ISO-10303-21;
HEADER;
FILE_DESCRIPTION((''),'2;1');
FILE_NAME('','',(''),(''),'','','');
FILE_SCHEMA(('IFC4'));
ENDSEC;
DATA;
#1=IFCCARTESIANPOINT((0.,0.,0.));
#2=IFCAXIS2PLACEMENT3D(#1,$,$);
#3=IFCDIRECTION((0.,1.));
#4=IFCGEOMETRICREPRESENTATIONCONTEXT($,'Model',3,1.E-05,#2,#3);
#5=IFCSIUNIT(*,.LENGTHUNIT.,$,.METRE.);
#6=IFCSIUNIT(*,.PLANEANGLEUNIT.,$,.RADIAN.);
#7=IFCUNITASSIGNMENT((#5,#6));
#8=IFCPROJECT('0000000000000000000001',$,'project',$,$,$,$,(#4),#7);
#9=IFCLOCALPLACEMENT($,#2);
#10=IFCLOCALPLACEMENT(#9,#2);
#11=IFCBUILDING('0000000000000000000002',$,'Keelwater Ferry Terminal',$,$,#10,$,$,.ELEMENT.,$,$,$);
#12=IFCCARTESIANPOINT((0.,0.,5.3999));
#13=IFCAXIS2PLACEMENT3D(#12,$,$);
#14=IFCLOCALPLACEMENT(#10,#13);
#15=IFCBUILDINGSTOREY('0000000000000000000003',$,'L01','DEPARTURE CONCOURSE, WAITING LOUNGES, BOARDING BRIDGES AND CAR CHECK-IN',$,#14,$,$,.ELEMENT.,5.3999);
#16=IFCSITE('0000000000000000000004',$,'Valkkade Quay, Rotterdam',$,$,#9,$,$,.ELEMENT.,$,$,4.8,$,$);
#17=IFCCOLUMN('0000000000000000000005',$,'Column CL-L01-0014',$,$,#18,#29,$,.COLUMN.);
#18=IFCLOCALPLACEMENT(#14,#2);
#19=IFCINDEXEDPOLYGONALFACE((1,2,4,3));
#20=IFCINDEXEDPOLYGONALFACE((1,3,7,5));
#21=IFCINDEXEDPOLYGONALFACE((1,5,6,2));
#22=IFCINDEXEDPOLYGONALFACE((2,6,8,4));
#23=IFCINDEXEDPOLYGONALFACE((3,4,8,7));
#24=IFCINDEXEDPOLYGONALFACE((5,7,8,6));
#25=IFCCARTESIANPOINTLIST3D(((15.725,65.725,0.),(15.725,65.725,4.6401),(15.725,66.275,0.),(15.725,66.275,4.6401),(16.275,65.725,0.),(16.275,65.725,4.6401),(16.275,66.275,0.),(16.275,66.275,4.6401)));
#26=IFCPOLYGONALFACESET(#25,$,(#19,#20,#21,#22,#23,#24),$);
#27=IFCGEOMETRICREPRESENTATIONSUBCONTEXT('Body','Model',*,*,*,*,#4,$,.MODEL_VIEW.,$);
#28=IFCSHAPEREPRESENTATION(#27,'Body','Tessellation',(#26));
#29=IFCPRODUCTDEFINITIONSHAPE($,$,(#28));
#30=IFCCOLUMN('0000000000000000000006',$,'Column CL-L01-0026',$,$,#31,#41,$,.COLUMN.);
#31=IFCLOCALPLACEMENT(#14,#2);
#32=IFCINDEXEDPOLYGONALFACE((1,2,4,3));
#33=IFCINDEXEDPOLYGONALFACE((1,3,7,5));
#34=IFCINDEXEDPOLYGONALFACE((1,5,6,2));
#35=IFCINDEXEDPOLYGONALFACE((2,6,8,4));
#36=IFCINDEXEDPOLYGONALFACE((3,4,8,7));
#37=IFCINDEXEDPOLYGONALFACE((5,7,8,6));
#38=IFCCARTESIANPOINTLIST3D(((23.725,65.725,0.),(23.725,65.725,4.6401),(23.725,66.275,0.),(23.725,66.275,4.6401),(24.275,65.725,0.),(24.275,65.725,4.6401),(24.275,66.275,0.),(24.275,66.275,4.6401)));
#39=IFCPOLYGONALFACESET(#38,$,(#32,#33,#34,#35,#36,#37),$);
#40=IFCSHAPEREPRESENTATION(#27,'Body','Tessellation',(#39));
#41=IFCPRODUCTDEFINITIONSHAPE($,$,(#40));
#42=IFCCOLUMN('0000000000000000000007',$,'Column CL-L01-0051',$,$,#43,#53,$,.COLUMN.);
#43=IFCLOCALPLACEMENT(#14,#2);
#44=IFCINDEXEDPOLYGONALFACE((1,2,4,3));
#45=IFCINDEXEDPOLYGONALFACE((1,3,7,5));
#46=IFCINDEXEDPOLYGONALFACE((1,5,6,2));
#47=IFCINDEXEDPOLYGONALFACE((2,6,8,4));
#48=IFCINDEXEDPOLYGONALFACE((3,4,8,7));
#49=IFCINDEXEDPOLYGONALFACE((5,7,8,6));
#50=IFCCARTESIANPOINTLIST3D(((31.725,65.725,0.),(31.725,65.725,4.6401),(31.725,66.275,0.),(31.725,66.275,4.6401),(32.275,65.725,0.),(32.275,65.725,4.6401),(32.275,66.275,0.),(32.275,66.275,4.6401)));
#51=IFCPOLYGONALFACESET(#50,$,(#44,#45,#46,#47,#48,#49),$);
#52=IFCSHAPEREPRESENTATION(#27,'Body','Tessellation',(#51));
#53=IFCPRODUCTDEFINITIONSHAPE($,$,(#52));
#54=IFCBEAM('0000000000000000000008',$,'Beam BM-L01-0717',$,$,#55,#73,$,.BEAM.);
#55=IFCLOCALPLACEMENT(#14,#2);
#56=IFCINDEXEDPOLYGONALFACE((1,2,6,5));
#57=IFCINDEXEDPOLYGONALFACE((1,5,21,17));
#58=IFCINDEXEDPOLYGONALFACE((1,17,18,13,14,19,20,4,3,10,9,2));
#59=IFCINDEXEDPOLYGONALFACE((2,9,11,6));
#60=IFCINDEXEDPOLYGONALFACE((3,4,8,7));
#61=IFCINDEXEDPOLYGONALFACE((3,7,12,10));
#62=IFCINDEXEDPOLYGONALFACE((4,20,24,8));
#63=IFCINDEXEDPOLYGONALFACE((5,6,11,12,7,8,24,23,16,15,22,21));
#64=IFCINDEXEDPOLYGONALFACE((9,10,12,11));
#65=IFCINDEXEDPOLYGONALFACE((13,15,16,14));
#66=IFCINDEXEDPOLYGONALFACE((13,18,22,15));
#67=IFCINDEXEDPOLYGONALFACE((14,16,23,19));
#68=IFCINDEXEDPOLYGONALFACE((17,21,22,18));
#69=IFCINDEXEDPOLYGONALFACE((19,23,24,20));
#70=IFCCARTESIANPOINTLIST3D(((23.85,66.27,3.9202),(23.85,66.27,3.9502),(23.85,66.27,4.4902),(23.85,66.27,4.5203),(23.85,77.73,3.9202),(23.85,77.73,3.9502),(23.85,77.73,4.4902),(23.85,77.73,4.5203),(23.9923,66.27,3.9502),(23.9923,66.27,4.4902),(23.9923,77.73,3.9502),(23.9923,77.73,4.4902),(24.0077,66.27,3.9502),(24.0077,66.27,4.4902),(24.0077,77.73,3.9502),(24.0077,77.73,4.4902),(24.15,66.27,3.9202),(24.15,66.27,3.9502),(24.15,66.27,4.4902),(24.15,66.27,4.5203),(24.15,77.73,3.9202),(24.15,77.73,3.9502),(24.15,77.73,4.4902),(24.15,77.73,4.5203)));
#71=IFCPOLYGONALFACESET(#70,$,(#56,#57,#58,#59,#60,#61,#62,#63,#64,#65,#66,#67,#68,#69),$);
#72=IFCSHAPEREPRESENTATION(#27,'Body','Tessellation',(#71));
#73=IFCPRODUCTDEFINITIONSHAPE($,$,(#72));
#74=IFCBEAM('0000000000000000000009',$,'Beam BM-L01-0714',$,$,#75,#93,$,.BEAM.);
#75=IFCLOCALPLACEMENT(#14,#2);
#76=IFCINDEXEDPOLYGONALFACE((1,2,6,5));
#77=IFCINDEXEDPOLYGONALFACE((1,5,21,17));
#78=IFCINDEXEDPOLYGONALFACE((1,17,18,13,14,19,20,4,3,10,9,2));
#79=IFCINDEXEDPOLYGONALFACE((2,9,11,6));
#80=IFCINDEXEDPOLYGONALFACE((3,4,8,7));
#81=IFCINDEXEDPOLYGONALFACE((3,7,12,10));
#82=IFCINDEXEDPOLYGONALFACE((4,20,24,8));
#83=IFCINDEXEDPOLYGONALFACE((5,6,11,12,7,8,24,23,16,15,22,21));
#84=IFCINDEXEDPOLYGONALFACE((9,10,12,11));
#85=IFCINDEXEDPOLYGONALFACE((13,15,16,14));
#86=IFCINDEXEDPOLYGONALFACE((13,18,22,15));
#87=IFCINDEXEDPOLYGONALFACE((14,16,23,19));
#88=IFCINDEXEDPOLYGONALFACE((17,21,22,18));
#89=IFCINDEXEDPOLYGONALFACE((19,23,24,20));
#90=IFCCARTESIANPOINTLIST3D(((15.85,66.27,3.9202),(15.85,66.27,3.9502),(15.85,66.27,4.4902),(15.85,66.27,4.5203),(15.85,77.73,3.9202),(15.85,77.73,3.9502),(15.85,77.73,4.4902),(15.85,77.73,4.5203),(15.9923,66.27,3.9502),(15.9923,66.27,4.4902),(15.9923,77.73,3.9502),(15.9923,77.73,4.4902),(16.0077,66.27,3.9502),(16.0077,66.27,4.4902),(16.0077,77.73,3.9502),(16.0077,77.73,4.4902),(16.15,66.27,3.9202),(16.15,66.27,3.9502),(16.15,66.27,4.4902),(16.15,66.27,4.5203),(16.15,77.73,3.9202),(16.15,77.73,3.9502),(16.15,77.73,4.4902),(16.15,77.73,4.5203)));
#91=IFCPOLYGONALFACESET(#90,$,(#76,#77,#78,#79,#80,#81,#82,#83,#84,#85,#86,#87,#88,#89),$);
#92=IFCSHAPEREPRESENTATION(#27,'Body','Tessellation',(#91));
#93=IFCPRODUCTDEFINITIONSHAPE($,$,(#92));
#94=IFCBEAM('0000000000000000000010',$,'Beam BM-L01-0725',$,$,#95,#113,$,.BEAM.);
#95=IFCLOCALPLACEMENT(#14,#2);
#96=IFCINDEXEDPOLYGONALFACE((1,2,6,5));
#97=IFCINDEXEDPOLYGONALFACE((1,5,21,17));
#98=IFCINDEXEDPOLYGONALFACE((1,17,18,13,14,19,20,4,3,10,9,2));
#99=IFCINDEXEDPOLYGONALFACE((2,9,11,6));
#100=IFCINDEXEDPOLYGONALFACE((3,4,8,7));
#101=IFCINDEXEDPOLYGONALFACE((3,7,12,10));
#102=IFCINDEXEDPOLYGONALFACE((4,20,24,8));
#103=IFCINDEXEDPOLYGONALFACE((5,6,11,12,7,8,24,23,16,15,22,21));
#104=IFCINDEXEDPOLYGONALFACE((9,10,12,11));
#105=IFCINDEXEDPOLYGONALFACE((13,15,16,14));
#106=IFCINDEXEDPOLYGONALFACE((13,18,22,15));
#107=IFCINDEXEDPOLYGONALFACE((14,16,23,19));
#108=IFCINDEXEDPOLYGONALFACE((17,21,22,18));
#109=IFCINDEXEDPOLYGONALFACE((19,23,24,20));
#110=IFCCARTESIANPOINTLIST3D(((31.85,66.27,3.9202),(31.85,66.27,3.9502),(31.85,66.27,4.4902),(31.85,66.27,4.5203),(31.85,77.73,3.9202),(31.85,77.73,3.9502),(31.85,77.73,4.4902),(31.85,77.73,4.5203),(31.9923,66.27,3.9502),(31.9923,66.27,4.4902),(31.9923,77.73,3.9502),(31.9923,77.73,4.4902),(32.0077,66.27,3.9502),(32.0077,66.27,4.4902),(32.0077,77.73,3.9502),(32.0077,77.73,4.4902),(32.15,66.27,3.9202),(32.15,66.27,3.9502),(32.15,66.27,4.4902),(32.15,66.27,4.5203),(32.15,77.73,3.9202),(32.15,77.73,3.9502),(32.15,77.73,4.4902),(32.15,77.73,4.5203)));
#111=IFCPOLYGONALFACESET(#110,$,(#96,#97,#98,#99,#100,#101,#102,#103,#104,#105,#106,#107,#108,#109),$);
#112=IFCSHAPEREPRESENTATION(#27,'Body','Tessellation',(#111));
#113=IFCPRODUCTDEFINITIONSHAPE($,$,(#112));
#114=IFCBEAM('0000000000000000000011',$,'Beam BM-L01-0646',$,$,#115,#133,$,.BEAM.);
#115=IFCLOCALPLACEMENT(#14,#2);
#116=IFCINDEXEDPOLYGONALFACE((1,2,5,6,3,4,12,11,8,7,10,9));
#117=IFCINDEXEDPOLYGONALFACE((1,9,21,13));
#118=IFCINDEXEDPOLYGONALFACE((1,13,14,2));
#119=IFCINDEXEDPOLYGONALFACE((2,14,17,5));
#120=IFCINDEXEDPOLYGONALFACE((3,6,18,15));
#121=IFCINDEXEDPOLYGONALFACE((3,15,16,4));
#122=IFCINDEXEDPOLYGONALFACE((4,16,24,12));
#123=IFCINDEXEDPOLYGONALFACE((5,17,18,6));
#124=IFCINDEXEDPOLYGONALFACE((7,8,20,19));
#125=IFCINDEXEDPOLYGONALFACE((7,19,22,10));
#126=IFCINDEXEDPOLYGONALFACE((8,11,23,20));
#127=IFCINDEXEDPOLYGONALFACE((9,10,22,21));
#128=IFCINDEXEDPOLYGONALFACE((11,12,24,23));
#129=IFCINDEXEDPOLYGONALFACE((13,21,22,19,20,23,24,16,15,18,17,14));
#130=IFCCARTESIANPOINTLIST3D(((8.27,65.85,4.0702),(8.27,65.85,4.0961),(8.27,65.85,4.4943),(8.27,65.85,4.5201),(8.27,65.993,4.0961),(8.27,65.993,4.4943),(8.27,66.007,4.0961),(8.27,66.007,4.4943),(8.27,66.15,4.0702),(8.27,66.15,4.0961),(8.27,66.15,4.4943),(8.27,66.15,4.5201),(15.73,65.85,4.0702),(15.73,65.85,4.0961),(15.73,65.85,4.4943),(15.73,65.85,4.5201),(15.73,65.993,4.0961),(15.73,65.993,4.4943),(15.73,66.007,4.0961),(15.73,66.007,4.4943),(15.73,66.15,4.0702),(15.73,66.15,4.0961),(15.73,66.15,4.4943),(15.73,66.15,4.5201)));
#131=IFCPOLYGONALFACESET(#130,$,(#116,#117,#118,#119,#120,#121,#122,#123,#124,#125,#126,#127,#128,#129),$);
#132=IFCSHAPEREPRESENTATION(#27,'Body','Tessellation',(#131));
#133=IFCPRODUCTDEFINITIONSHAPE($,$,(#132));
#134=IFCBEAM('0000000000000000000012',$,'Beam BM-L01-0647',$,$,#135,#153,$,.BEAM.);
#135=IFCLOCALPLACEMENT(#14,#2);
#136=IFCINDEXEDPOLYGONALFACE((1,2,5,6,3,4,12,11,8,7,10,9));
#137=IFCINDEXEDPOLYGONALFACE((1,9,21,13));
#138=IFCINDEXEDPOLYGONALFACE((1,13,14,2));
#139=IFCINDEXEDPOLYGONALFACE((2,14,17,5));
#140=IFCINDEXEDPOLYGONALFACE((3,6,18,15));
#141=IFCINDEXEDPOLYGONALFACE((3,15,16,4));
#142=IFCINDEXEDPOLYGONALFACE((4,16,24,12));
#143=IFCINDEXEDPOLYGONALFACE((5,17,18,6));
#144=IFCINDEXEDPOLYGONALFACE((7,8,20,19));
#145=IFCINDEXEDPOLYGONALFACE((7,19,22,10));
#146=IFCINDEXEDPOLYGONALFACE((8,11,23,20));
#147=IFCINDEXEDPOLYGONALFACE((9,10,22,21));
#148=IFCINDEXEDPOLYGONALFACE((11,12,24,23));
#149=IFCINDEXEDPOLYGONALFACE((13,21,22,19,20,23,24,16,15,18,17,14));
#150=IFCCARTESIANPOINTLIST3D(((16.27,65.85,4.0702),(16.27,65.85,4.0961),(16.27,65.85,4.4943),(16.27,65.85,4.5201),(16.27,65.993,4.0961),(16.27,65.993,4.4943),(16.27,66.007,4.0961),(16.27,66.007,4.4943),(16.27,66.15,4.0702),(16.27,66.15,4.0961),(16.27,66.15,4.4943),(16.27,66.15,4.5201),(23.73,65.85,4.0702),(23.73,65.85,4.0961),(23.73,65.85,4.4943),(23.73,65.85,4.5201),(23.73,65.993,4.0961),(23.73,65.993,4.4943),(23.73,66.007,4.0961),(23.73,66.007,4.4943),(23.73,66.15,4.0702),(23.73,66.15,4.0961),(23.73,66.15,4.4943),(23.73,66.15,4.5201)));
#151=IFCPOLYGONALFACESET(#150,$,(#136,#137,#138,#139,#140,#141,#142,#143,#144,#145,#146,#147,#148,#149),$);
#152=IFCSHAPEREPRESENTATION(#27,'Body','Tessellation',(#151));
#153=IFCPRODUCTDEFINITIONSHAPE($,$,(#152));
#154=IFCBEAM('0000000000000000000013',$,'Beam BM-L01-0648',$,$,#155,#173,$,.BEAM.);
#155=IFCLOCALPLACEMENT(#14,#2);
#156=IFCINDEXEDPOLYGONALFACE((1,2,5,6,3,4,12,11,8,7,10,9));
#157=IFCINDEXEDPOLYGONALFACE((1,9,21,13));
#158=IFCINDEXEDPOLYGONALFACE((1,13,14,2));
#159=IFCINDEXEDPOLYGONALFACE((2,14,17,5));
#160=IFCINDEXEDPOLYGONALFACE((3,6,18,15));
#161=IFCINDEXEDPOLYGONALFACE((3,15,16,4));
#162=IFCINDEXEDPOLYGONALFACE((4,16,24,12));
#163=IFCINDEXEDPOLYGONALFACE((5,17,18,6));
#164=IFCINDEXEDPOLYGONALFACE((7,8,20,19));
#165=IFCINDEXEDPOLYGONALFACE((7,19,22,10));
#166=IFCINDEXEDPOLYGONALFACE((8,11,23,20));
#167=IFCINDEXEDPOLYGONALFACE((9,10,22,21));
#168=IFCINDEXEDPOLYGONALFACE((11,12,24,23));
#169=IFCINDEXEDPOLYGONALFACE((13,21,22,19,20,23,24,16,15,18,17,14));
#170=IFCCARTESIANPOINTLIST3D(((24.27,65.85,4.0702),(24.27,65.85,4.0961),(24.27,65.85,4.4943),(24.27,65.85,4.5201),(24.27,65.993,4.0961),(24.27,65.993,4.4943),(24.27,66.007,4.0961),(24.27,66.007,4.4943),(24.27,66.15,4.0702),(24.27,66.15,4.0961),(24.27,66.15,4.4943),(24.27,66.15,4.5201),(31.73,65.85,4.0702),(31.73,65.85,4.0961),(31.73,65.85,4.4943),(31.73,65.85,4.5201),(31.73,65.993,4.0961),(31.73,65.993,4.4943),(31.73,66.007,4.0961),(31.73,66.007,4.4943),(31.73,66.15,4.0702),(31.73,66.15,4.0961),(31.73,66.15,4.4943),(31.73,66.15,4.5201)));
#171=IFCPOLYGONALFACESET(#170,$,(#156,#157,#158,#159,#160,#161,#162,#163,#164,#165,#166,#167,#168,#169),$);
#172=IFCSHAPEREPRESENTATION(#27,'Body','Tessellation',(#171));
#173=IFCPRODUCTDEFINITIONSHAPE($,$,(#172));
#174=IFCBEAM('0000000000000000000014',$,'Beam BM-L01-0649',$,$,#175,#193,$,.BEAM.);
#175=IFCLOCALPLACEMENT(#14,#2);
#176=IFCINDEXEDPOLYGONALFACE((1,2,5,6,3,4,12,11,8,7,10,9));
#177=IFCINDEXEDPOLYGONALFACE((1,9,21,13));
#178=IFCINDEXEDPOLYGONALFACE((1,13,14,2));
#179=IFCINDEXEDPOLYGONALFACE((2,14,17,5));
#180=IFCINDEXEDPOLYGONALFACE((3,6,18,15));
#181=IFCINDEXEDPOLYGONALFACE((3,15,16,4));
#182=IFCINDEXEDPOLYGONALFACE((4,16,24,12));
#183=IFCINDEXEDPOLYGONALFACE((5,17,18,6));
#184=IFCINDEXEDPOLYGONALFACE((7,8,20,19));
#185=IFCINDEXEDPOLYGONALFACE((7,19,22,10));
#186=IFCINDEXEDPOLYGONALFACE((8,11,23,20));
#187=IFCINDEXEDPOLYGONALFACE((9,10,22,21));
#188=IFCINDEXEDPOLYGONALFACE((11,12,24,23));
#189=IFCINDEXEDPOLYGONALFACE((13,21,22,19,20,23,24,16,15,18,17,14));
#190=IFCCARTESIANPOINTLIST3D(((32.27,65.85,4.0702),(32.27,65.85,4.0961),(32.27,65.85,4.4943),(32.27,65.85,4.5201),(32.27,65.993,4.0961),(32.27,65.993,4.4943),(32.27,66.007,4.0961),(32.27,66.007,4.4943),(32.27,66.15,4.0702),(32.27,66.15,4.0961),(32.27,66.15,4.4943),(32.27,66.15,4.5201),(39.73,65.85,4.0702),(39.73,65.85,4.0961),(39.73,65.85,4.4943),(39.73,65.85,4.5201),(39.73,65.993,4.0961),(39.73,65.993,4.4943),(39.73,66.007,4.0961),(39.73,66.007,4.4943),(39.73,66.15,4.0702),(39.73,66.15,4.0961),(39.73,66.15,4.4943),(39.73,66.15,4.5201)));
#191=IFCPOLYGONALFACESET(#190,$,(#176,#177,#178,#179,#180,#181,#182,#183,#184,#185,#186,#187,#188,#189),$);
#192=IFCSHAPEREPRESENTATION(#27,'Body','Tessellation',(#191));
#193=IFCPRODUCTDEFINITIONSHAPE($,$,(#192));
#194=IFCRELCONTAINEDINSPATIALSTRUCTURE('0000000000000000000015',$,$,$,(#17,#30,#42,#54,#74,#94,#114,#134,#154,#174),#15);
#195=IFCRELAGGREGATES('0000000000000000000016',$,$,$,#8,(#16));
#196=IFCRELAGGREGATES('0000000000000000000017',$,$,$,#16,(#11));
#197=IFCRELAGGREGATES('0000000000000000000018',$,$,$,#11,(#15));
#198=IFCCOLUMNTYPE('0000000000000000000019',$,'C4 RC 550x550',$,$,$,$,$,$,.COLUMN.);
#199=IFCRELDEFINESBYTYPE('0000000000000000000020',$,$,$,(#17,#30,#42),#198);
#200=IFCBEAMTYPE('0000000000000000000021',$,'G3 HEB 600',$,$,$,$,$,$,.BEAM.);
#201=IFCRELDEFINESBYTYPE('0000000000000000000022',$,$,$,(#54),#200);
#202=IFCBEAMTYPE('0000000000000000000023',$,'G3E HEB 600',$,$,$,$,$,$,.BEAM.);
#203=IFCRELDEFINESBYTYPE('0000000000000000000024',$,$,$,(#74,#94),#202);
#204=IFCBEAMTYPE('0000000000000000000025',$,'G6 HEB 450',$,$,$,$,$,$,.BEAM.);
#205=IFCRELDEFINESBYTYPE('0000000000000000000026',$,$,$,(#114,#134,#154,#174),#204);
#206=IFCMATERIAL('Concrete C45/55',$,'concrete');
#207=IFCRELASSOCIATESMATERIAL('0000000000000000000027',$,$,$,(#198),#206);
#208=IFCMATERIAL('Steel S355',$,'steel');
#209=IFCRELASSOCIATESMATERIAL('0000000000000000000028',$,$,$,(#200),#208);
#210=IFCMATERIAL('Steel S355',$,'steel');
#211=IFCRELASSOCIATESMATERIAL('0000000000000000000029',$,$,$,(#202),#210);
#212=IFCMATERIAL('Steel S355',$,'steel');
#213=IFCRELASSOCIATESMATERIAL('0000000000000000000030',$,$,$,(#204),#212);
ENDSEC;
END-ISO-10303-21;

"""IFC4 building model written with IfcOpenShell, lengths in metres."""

from ifc_helpers import new_model, si_unit, direction, frame, origin, origin_2d, place, context, subcontext, project, spatial, rectangle, i_section, extrude, material, material_profile, profile_set, type_object, element, save


model = new_model("IFC4")

# Units and contexts
model_context = context("Model", 3, precision=1e-05, world=origin(), true_north=direction((0.0, 1.0)))
body_context = subcontext(model_context, "Body", "Model", "MODEL_VIEW")
ifc_project = project(units=[si_unit("LENGTHUNIT", "METRE"), si_unit("PLANEANGLEUNIT", "RADIAN")], contexts=[model_context])

# Site, building, storey
site_placement = place(None, origin())
site = spatial("IfcSite", under=ifc_project, at=site_placement, Name="Valkkade Quay, Rotterdam", CompositionType="ELEMENT", RefElevation=4.8)
building_placement = place(site_placement, origin())
building = spatial("IfcBuilding", under=site, at=building_placement, Name="Keelwater Ferry Terminal", CompositionType="ELEMENT")
storey_placement = place(building_placement, frame((0.0, 0.0, 5.3999)))
storey = spatial("IfcBuildingStorey", under=building, at=storey_placement, Name="L01", Description="DEPARTURE CONCOURSE, WAITING LOUNGES, BOARDING BRIDGES AND CAR CHECK-IN", CompositionType="ELEMENT", Elevation=5.3999)

# Columns
ifc_material_1 = material(Name="Concrete C45/55", Category="concrete")
ifc_material_profile_1 = material_profile(ifc_material_1, rectangle(XDim=0.55, YDim=0.55, at=origin_2d()), Name="RC 550x550")
ifc_profile_set_1 = profile_set([ifc_material_profile_1], Name="Concrete C45/55")
column_type = type_object("IfcColumnType", Name="C4 RC 550x550", PredefinedType="COLUMN", material=ifc_profile_set_1)
for number, where, z_axis, x_axis, name in (
    (1, (16.0, 66.0, 0.0), (0.0, 0.0, 1.0), (1.0, 0.0, 0.0), "Column CL-L01-0014"),
    (2, (24.0, 66.0, 0.0), (0.0, 0.0, 1.0), (1.0, 0.0, 0.0), "Column CL-L01-0026"),
    (3, (32.0, 66.0, 0.0), (0.0, 0.0, 1.0), (1.0, 0.0, 0.0), "Column CL-L01-0051"),
):
    element("IfcColumn", number, at=place(storey_placement, frame(where, z_axis=z_axis, x_axis=x_axis)), inside=storey, type_object=column_type, Name=name, PredefinedType="COLUMN", context=body_context, shape_type="SweptSolid", body=[
        extrude(rectangle(XDim=0.55, YDim=0.55, at=origin_2d()), origin(), (0.0, 0.0, 1.0), 4.6401),
    ])

# Beams
ifc_material_2 = material(Name="Steel S355", Category="steel")
ifc_material_profile_2 = material_profile(ifc_material_2, i_section(OverallWidth=0.3, OverallDepth=0.6001, WebThickness=0.0154, FlangeThickness=0.03, at=origin_2d()), Name="HEB 600")
ifc_profile_set_2 = profile_set([ifc_material_profile_2], Name="Steel S355")
beam_type_1 = type_object("IfcBeamType", Name="G3 HEB 600", PredefinedType="BEAM", material=ifc_profile_set_2)
beam_placement = place(storey_placement, frame((24.0, 66.27, 4.2202), z_axis=(0.0, 1.0, 0.0), x_axis=(-1.0, 0.0, 0.0)))
element("IfcBeam", 4, at=beam_placement, inside=storey, type_object=beam_type_1, Name="Beam BM-L01-0717", PredefinedType="BEAM", context=body_context, shape_type="SweptSolid", body=[
    extrude(i_section(OverallWidth=0.3, OverallDepth=0.6001, WebThickness=0.0154, FlangeThickness=0.03, at=origin_2d()), origin(), (0.0, 0.0, 1.0), 11.46),
])
ifc_material_3 = material(Name="Steel S355", Category="steel")
ifc_material_profile_3 = material_profile(ifc_material_3, i_section(OverallWidth=0.3, OverallDepth=0.6001, WebThickness=0.0154, FlangeThickness=0.03, at=origin_2d()), Name="HEB 600")
ifc_profile_set_3 = profile_set([ifc_material_profile_3], Name="Steel S355")
beam_type_2 = type_object("IfcBeamType", Name="G3E HEB 600", PredefinedType="BEAM", material=ifc_profile_set_3)
for number, where, z_axis, x_axis, name in (
    (5, (16.0, 66.27, 4.2202), (0.0, 1.0, 0.0), (-1.0, 0.0, 0.0), "Beam BM-L01-0714"),
    (6, (32.0, 66.27, 4.2202), (0.0, 1.0, 0.0), (-1.0, 0.0, 0.0), "Beam BM-L01-0725"),
):
    element("IfcBeam", number, at=place(storey_placement, frame(where, z_axis=z_axis, x_axis=x_axis)), inside=storey, type_object=beam_type_2, Name=name, PredefinedType="BEAM", context=body_context, shape_type="SweptSolid", body=[
        extrude(i_section(OverallWidth=0.3, OverallDepth=0.6001, WebThickness=0.0154, FlangeThickness=0.03, at=origin_2d()), origin(), (0.0, 0.0, 1.0), 11.46),
    ])
ifc_material_4 = material(Name="Steel S355", Category="steel")
ifc_material_profile_4 = material_profile(ifc_material_4, i_section(OverallWidth=0.3, OverallDepth=0.45, WebThickness=0.0139, FlangeThickness=0.0259, at=origin_2d()), Name="HEB 450")
ifc_profile_set_4 = profile_set([ifc_material_profile_4], Name="Steel S355")
beam_type_3 = type_object("IfcBeamType", Name="G6 HEB 450", PredefinedType="BEAM", material=ifc_profile_set_4)
for number, where, z_axis, x_axis, name in (
    (7, (8.27, 66.0, 4.2952), (1.0, 0.0, 0.0), (0.0, 1.0, 0.0), "Beam BM-L01-0646"),
    (8, (16.27, 66.0, 4.2952), (1.0, 0.0, 0.0), (0.0, 1.0, 0.0), "Beam BM-L01-0647"),
    (9, (24.27, 66.0, 4.2952), (1.0, 0.0, 0.0), (0.0, 1.0, 0.0), "Beam BM-L01-0648"),
    (10, (32.27, 66.0, 4.2952), (1.0, 0.0, 0.0), (0.0, 1.0, 0.0), "Beam BM-L01-0649"),
):
    element("IfcBeam", number, at=place(storey_placement, frame(where, z_axis=z_axis, x_axis=x_axis)), inside=storey, type_object=beam_type_3, Name=name, PredefinedType="BEAM", context=body_context, shape_type="SweptSolid", body=[
        extrude(i_section(OverallWidth=0.3, OverallDepth=0.45, WebThickness=0.0139, FlangeThickness=0.0259, at=origin_2d()), origin(), (0.0, 0.0, 1.0), 7.46),
    ])

save(model, "model.ifc")
